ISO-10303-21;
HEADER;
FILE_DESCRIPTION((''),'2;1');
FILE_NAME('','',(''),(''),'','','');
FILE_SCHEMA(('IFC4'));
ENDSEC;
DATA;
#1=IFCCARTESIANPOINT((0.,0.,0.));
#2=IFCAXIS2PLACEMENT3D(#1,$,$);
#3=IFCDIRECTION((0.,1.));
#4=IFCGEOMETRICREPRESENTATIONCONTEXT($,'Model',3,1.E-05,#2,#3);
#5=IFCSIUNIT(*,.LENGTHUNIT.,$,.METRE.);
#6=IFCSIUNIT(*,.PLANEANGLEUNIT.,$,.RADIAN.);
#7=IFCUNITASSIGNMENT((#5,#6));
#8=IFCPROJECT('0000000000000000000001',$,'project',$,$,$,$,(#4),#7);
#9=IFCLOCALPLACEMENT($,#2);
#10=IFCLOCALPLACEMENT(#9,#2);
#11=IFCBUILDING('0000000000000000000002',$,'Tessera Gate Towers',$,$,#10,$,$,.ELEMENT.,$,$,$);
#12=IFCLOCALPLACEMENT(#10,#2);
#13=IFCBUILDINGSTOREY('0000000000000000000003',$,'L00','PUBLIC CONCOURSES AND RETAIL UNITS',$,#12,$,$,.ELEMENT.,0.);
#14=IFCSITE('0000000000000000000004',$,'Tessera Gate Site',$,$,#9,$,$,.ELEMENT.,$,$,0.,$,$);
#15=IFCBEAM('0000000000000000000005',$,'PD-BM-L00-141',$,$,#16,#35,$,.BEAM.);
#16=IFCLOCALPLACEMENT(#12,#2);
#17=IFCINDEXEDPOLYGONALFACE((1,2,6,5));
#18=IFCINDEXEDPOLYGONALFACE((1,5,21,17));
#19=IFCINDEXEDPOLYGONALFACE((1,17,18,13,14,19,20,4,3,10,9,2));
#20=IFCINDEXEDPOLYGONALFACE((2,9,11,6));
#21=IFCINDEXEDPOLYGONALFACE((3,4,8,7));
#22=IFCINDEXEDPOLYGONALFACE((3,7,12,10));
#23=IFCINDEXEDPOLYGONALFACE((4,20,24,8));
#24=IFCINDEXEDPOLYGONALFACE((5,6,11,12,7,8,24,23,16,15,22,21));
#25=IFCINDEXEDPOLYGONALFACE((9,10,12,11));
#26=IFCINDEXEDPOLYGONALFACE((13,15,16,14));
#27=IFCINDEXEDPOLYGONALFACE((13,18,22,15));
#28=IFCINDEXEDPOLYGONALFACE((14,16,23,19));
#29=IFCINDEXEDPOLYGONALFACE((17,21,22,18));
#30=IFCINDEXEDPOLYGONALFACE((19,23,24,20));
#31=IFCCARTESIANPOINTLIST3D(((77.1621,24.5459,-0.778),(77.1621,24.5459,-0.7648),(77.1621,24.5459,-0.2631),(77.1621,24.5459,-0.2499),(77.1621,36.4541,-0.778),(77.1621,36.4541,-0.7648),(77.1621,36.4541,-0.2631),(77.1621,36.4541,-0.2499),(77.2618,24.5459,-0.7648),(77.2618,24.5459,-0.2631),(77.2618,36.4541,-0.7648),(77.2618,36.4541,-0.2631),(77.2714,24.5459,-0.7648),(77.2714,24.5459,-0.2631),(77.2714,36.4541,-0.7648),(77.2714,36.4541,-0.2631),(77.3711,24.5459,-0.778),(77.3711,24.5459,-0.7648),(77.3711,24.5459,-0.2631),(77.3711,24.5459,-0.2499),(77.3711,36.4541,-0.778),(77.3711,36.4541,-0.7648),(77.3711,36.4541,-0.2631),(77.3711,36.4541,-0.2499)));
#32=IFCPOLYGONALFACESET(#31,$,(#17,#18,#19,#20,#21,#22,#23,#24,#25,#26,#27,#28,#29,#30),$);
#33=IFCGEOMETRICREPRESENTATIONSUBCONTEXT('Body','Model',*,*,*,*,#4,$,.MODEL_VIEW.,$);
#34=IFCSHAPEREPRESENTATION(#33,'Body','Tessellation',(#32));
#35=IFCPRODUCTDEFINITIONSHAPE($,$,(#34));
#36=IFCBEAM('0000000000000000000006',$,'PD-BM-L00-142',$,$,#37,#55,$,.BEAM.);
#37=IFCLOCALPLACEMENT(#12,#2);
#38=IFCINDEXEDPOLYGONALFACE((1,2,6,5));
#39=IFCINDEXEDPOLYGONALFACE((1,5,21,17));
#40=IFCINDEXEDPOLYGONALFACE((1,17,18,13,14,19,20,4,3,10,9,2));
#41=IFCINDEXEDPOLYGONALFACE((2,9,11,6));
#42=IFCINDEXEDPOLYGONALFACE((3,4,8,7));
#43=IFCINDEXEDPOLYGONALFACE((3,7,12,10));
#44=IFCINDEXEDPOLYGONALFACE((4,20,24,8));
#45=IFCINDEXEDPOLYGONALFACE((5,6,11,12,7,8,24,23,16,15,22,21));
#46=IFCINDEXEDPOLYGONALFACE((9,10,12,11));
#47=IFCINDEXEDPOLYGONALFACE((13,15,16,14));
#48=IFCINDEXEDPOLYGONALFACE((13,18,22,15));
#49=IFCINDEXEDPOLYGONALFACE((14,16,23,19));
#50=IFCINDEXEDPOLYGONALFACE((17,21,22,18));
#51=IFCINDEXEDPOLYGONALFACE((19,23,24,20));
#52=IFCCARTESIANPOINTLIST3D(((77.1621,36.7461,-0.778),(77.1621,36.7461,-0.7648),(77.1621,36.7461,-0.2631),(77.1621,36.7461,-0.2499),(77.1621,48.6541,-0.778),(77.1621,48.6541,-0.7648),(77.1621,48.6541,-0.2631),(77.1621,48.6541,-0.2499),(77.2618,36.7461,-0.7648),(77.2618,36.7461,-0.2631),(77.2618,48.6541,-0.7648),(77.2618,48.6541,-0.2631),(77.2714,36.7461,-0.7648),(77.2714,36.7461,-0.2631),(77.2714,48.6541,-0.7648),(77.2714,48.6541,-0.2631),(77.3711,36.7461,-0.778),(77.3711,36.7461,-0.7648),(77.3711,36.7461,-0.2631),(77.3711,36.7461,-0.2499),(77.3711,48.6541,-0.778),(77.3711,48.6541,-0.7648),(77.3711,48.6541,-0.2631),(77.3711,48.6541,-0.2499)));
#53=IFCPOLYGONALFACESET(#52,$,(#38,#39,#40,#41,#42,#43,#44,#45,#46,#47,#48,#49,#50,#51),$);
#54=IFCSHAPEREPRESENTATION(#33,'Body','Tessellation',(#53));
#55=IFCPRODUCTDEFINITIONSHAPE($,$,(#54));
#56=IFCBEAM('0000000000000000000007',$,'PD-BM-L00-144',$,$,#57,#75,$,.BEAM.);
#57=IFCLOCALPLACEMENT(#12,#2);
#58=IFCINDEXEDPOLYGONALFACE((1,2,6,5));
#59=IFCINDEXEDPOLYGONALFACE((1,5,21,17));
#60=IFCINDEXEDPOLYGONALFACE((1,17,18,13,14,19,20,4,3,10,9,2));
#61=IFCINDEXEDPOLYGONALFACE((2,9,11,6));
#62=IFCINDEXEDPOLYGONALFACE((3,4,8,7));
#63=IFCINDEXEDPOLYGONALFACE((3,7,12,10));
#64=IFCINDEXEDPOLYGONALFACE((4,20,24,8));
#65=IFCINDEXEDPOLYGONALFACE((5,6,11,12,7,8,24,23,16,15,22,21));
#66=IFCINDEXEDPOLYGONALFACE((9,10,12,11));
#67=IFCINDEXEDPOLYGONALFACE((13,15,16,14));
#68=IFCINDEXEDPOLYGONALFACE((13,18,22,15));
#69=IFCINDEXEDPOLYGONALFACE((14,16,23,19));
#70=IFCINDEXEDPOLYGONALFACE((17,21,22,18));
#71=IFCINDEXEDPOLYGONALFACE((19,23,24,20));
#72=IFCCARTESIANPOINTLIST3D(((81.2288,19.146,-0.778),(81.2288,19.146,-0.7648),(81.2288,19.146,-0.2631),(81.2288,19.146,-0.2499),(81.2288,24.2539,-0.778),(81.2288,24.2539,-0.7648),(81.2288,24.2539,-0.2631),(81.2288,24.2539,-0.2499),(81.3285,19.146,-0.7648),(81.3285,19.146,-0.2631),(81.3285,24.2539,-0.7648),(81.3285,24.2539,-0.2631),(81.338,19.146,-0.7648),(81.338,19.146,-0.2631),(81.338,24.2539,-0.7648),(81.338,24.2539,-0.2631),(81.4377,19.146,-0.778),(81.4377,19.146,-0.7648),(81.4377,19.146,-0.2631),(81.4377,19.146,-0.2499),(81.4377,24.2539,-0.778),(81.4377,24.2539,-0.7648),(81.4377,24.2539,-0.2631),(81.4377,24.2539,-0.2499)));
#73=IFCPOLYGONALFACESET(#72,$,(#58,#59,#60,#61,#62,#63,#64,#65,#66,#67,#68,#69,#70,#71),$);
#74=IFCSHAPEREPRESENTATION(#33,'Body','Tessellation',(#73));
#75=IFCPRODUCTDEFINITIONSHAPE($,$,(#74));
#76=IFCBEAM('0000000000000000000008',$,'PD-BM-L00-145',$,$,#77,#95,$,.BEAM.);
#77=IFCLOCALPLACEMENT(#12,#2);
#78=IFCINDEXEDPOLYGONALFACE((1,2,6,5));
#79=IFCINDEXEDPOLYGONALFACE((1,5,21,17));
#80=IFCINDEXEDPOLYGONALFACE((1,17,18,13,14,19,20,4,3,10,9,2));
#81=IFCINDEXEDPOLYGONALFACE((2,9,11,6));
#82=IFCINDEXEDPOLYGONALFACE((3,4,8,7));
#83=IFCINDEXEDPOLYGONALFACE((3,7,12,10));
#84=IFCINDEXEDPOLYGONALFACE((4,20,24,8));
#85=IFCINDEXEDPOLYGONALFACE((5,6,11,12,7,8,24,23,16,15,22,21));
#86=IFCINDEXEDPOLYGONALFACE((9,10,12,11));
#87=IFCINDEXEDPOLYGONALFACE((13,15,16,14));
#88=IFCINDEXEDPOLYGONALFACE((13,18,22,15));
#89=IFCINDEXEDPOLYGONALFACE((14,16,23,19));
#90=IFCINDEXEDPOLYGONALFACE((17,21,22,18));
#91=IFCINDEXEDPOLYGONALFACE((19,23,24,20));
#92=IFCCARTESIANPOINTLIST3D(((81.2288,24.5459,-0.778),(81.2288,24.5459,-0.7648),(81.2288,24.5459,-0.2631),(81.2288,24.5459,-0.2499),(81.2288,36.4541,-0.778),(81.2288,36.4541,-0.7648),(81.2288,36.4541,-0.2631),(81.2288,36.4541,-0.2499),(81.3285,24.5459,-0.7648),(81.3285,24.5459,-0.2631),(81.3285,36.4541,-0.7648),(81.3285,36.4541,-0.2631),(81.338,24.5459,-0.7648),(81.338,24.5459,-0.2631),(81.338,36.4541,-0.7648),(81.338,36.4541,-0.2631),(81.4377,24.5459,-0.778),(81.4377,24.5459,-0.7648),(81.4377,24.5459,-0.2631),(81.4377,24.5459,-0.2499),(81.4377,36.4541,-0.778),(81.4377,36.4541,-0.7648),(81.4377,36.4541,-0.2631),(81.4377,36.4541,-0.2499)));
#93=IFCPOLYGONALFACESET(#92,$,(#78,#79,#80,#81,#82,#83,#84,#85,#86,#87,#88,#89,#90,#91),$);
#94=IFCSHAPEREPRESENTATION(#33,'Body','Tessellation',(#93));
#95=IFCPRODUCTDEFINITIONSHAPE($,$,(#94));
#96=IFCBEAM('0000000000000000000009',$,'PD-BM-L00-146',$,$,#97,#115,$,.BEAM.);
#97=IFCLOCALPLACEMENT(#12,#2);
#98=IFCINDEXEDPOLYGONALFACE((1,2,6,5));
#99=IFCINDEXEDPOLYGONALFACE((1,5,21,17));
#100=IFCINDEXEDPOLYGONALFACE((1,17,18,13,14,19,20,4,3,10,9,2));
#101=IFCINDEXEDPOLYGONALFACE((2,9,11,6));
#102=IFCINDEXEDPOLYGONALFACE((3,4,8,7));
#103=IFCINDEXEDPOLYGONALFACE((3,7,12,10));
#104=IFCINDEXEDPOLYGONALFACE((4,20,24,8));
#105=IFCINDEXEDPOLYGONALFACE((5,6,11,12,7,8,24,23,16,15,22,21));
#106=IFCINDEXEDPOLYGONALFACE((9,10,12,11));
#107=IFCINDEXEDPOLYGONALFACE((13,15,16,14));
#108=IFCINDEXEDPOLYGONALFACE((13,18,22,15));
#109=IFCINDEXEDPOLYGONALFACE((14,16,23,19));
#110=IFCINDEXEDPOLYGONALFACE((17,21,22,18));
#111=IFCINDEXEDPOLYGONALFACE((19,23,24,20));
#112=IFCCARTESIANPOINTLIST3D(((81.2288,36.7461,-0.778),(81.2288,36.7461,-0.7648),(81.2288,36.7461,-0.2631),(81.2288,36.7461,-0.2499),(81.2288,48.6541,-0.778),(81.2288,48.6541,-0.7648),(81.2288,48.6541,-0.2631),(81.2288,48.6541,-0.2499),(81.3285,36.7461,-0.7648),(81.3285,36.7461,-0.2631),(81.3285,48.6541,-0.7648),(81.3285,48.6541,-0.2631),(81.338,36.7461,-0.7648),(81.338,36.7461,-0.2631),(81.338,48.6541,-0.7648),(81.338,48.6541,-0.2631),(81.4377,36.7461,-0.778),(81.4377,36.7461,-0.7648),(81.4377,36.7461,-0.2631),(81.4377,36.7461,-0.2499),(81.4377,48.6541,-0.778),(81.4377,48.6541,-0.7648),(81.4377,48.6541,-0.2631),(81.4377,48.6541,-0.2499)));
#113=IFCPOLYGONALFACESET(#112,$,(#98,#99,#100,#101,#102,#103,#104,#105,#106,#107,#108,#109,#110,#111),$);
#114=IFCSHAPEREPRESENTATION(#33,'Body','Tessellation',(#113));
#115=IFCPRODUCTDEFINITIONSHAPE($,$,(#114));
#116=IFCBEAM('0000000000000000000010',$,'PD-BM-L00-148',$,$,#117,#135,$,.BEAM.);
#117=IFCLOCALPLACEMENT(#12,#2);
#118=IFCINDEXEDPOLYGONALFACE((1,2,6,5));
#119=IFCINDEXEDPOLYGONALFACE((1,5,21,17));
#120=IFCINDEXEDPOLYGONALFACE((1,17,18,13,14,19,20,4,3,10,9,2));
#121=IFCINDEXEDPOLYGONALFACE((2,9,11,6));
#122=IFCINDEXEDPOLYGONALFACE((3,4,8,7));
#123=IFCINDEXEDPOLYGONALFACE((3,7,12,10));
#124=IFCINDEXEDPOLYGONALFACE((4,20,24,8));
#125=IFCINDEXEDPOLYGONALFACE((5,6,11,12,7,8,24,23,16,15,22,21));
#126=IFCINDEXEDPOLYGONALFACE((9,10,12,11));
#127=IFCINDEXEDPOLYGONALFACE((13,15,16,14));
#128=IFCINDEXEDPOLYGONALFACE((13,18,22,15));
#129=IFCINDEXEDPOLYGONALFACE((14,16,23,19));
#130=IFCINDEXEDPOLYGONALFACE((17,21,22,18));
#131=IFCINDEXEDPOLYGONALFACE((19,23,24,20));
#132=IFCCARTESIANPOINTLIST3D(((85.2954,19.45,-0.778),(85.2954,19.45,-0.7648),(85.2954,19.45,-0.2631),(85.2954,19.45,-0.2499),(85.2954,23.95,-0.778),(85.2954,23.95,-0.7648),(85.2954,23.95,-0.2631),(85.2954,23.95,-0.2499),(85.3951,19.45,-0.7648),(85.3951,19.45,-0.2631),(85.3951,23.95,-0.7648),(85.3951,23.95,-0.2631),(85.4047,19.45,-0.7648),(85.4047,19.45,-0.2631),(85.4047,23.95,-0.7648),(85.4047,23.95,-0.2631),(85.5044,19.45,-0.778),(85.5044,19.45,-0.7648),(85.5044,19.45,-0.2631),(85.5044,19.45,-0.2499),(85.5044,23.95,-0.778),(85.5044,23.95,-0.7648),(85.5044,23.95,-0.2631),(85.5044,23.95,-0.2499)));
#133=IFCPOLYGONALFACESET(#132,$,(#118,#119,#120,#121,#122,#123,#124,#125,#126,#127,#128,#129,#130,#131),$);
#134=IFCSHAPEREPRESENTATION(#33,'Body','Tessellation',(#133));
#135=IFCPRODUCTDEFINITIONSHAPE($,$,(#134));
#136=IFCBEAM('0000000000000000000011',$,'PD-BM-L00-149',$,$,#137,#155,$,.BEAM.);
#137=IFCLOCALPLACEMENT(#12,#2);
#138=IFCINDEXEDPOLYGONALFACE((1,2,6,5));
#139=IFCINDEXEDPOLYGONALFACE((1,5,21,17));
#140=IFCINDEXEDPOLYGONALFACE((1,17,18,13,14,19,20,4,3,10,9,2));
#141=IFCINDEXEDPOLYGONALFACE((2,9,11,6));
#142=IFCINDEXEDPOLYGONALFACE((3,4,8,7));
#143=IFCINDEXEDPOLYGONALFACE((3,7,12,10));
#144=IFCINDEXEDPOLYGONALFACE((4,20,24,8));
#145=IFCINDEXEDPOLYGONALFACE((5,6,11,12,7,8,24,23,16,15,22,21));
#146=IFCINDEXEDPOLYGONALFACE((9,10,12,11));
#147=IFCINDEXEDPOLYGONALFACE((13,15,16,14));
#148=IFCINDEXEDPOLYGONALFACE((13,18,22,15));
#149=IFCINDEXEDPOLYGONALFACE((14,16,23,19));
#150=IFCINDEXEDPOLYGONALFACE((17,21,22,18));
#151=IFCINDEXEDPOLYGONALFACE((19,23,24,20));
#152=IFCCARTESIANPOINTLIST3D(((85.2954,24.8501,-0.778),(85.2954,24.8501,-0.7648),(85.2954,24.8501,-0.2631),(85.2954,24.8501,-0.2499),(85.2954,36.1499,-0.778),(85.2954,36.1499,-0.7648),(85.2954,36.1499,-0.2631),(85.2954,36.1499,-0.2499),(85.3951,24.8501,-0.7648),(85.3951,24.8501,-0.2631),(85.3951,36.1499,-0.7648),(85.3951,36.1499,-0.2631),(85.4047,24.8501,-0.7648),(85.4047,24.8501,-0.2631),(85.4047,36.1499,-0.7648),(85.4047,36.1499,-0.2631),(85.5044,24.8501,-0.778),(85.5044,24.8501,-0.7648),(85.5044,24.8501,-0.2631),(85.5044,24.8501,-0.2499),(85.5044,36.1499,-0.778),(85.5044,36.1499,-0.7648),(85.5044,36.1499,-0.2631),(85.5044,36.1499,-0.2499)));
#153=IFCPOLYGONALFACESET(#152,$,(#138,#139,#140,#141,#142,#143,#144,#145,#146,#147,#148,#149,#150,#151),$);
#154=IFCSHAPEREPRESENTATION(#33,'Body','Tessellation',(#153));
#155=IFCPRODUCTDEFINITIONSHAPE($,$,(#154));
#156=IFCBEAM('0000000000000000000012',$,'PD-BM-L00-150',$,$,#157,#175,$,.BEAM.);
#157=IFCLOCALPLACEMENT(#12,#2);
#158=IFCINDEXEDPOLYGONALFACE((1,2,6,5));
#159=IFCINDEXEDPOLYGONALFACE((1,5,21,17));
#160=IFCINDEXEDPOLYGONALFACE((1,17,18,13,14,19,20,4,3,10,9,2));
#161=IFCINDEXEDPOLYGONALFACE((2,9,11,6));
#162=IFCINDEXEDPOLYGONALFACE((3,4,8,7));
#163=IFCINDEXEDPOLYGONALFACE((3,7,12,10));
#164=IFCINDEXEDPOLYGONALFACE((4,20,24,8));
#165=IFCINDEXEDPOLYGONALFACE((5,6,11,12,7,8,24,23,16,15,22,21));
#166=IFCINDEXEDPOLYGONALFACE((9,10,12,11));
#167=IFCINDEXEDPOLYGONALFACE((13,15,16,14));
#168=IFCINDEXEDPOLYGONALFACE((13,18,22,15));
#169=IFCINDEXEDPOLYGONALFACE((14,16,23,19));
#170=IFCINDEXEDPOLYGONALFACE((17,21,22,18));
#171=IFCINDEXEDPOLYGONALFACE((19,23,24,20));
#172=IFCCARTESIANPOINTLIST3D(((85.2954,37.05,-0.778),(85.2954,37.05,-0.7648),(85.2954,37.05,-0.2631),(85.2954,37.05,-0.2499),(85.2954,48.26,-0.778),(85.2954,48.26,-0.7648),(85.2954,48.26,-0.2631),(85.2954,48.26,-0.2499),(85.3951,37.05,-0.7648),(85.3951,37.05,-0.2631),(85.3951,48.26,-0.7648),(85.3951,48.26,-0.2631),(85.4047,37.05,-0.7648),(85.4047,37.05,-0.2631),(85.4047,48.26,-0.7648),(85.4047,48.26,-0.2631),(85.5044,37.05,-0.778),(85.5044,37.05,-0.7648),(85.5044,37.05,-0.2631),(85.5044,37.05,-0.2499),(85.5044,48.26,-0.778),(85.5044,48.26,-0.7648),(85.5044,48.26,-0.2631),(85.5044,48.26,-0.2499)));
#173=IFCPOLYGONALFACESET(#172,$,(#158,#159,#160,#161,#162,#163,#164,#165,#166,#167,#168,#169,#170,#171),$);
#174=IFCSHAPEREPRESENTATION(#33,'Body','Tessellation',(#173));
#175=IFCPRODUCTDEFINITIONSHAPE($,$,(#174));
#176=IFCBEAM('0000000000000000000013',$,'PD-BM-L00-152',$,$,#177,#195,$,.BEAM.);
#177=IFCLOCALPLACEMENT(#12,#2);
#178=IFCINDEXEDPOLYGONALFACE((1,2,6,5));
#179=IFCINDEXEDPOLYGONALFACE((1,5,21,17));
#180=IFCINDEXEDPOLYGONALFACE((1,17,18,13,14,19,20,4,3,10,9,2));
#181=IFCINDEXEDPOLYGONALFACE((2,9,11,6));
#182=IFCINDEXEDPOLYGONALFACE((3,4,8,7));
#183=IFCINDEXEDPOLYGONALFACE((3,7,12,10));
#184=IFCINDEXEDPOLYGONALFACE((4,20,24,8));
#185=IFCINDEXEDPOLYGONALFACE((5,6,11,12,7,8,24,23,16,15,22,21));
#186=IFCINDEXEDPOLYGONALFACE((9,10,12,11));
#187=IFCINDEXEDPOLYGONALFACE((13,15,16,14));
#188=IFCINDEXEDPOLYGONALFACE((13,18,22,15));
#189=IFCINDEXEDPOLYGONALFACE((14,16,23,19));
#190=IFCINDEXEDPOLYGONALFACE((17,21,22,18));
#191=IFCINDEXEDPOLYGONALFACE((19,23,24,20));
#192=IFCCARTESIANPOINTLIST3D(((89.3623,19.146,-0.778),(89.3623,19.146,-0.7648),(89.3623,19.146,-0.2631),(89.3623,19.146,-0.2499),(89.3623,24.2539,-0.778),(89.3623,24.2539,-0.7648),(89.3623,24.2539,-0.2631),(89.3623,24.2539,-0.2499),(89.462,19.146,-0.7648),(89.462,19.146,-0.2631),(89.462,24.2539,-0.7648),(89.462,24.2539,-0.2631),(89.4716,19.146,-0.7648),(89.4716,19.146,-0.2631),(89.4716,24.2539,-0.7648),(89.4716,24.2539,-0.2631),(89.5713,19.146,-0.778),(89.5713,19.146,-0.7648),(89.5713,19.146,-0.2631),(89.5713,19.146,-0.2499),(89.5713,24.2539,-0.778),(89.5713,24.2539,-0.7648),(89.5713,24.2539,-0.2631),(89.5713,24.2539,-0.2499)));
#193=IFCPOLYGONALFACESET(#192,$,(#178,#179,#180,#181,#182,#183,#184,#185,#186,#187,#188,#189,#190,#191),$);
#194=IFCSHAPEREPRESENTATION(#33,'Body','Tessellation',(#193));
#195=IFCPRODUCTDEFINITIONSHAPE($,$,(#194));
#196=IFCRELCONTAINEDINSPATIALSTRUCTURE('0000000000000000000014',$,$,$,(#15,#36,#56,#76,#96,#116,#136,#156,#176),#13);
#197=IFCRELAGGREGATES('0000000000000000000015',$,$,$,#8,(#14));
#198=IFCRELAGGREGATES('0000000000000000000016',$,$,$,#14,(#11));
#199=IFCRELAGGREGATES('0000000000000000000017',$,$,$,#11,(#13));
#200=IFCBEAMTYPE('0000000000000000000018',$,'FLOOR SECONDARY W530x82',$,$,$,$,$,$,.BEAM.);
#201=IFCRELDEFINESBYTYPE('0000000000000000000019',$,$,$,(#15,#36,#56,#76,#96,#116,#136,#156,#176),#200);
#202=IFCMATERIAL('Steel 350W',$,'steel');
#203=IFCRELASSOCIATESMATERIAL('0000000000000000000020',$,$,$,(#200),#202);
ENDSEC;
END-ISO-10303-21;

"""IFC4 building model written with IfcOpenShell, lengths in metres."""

from ifc_helpers import new_model, si_unit, direction, frame, origin, origin_2d, place, context, subcontext, project, spatial, i_section, extrude, material, material_profile, profile_set, type_object, element, save


model = new_model("IFC4")

# Units and contexts
model_context = context("Model", 3, precision=1e-05, world=origin(), true_north=direction((0.0, 1.0)))
body_context = subcontext(model_context, "Body", "Model", "MODEL_VIEW")
ifc_project = project(units=[si_unit("LENGTHUNIT", "METRE"), si_unit("PLANEANGLEUNIT", "RADIAN")], contexts=[model_context])

# Site, building, storey
site_placement = place(None, origin())
site = spatial("IfcSite", under=ifc_project, at=site_placement, Name="Tessera Gate Site", CompositionType="ELEMENT", RefElevation=0.0)
building_placement = place(site_placement, origin())
building = spatial("IfcBuilding", under=site, at=building_placement, Name="Tessera Gate Towers", CompositionType="ELEMENT")
storey_placement = place(building_placement, origin())
storey = spatial("IfcBuildingStorey", under=building, at=storey_placement, Name="L00", Description="PUBLIC CONCOURSES AND RETAIL UNITS", CompositionType="ELEMENT", Elevation=0.0)

# Beams
ifc_material_1 = material(Name="Steel 350W", Category="steel")
ifc_material_profile_1 = material_profile(ifc_material_1, i_section(OverallWidth=0.209, OverallDepth=0.5281, WebThickness=0.0095, FlangeThickness=0.0132, at=origin_2d()), Name="W530x82")
ifc_profile_set_1 = profile_set([ifc_material_profile_1], Name="Steel 350W")
beam_type_1 = type_object("IfcBeamType", Name="FLOOR SECONDARY W530x82", PredefinedType="BEAM", material=ifc_profile_set_1)
beam_1_placement = place(storey_placement, frame((77.2666, 24.5459, -0.5139), z_axis=(0.0, 1.0, 0.0), x_axis=(-1.0, 0.0, 0.0)))
element("IfcBeam", 1, at=beam_1_placement, inside=storey, type_object=beam_type_1, Name="PD-BM-L00-141", PredefinedType="BEAM", context=body_context, shape_type="SweptSolid", body=[
    extrude(i_section(OverallWidth=0.209, OverallDepth=0.5281, WebThickness=0.0095, FlangeThickness=0.0132, at=origin_2d()), origin(), (0.0, 0.0, 1.0), 11.9082),
])
beam_2_placement = place(storey_placement, frame((77.2666, 36.7461, -0.5139), z_axis=(0.0, 1.0, 0.0), x_axis=(-1.0, 0.0, 0.0)))
element("IfcBeam", 2, at=beam_2_placement, inside=storey, type_object=beam_type_1, Name="PD-BM-L00-142", PredefinedType="BEAM", context=body_context, shape_type="SweptSolid", body=[
    extrude(i_section(OverallWidth=0.209, OverallDepth=0.5281, WebThickness=0.0095, FlangeThickness=0.0132, at=origin_2d()), origin(), (0.0, 0.0, 1.0), 11.908),
])
beam_3_placement = place(storey_placement, frame((81.3333, 19.146, -0.5139), z_axis=(0.0, 1.0, 0.0), x_axis=(-1.0, 0.0, 0.0)))
element("IfcBeam", 3, at=beam_3_placement, inside=storey, type_object=beam_type_1, Name="PD-BM-L00-144", PredefinedType="BEAM", context=body_context, shape_type="SweptSolid", body=[
    extrude(i_section(OverallWidth=0.209, OverallDepth=0.5281, WebThickness=0.0095, FlangeThickness=0.0132, at=origin_2d()), origin(), (0.0, 0.0, 1.0), 5.1079),
])
beam_4_placement = place(storey_placement, frame((81.3333, 24.5459, -0.5139), z_axis=(0.0, 1.0, 0.0), x_axis=(-1.0, 0.0, 0.0)))
element("IfcBeam", 4, at=beam_4_placement, inside=storey, type_object=beam_type_1, Name="PD-BM-L00-145", PredefinedType="BEAM", context=body_context, shape_type="SweptSolid", body=[
    extrude(i_section(OverallWidth=0.209, OverallDepth=0.5281, WebThickness=0.0095, FlangeThickness=0.0132, at=origin_2d()), origin(), (0.0, 0.0, 1.0), 11.9082),
])
beam_5_placement = place(storey_placement, frame((81.3333, 36.7461, -0.5139), z_axis=(0.0, 1.0, 0.0), x_axis=(-1.0, 0.0, 0.0)))
element("IfcBeam", 5, at=beam_5_placement, inside=storey, type_object=beam_type_1, Name="PD-BM-L00-146", PredefinedType="BEAM", context=body_context, shape_type="SweptSolid", body=[
    extrude(i_section(OverallWidth=0.209, OverallDepth=0.5281, WebThickness=0.0095, FlangeThickness=0.0132, at=origin_2d()), origin(), (0.0, 0.0, 1.0), 11.908),
])
beam_6_placement = place(storey_placement, frame((85.3999, 19.45, -0.5139), z_axis=(0.0, 1.0, 0.0), x_axis=(-1.0, 0.0, 0.0)))
element("IfcBeam", 6, at=beam_6_placement, inside=storey, type_object=beam_type_1, Name="PD-BM-L00-148", PredefinedType="BEAM", context=body_context, shape_type="SweptSolid", body=[
    extrude(i_section(OverallWidth=0.209, OverallDepth=0.5281, WebThickness=0.0095, FlangeThickness=0.0132, at=origin_2d()), origin(), (0.0, 0.0, 1.0), 4.5),
])
beam_7_placement = place(storey_placement, frame((85.3999, 24.8501, -0.5139), z_axis=(0.0, 1.0, 0.0), x_axis=(-1.0, 0.0, 0.0)))
element("IfcBeam", 7, at=beam_7_placement, inside=storey, type_object=beam_type_1, Name="PD-BM-L00-149", PredefinedType="BEAM", context=body_context, shape_type="SweptSolid", body=[
    extrude(i_section(OverallWidth=0.209, OverallDepth=0.5281, WebThickness=0.0095, FlangeThickness=0.0132, at=origin_2d()), origin(), (0.0, 0.0, 1.0), 11.2998),
])
beam_8_placement = place(storey_placement, frame((85.3999, 37.05, -0.5139), z_axis=(0.0, 1.0, 0.0), x_axis=(-1.0, 0.0, 0.0)))
element("IfcBeam", 8, at=beam_8_placement, inside=storey, type_object=beam_type_1, Name="PD-BM-L00-150", PredefinedType="BEAM", context=body_context, shape_type="SweptSolid", body=[
    extrude(i_section(OverallWidth=0.209, OverallDepth=0.5281, WebThickness=0.0095, FlangeThickness=0.0132, at=origin_2d()), origin(), (0.0, 0.0, 1.0), 11.21),
])
beam_9_placement = place(storey_placement, frame((89.4668, 19.146, -0.5139), z_axis=(0.0, 1.0, 0.0), x_axis=(-1.0, 0.0, 0.0)))
element("IfcBeam", 9, at=beam_9_placement, inside=storey, type_object=beam_type_1, Name="PD-BM-L00-152", PredefinedType="BEAM", context=body_context, shape_type="SweptSolid", body=[
    extrude(i_section(OverallWidth=0.209, OverallDepth=0.5281, WebThickness=0.0095, FlangeThickness=0.0132, at=origin_2d()), origin(), (0.0, 0.0, 1.0), 5.1079),
])

save(model, "model.ifc")
